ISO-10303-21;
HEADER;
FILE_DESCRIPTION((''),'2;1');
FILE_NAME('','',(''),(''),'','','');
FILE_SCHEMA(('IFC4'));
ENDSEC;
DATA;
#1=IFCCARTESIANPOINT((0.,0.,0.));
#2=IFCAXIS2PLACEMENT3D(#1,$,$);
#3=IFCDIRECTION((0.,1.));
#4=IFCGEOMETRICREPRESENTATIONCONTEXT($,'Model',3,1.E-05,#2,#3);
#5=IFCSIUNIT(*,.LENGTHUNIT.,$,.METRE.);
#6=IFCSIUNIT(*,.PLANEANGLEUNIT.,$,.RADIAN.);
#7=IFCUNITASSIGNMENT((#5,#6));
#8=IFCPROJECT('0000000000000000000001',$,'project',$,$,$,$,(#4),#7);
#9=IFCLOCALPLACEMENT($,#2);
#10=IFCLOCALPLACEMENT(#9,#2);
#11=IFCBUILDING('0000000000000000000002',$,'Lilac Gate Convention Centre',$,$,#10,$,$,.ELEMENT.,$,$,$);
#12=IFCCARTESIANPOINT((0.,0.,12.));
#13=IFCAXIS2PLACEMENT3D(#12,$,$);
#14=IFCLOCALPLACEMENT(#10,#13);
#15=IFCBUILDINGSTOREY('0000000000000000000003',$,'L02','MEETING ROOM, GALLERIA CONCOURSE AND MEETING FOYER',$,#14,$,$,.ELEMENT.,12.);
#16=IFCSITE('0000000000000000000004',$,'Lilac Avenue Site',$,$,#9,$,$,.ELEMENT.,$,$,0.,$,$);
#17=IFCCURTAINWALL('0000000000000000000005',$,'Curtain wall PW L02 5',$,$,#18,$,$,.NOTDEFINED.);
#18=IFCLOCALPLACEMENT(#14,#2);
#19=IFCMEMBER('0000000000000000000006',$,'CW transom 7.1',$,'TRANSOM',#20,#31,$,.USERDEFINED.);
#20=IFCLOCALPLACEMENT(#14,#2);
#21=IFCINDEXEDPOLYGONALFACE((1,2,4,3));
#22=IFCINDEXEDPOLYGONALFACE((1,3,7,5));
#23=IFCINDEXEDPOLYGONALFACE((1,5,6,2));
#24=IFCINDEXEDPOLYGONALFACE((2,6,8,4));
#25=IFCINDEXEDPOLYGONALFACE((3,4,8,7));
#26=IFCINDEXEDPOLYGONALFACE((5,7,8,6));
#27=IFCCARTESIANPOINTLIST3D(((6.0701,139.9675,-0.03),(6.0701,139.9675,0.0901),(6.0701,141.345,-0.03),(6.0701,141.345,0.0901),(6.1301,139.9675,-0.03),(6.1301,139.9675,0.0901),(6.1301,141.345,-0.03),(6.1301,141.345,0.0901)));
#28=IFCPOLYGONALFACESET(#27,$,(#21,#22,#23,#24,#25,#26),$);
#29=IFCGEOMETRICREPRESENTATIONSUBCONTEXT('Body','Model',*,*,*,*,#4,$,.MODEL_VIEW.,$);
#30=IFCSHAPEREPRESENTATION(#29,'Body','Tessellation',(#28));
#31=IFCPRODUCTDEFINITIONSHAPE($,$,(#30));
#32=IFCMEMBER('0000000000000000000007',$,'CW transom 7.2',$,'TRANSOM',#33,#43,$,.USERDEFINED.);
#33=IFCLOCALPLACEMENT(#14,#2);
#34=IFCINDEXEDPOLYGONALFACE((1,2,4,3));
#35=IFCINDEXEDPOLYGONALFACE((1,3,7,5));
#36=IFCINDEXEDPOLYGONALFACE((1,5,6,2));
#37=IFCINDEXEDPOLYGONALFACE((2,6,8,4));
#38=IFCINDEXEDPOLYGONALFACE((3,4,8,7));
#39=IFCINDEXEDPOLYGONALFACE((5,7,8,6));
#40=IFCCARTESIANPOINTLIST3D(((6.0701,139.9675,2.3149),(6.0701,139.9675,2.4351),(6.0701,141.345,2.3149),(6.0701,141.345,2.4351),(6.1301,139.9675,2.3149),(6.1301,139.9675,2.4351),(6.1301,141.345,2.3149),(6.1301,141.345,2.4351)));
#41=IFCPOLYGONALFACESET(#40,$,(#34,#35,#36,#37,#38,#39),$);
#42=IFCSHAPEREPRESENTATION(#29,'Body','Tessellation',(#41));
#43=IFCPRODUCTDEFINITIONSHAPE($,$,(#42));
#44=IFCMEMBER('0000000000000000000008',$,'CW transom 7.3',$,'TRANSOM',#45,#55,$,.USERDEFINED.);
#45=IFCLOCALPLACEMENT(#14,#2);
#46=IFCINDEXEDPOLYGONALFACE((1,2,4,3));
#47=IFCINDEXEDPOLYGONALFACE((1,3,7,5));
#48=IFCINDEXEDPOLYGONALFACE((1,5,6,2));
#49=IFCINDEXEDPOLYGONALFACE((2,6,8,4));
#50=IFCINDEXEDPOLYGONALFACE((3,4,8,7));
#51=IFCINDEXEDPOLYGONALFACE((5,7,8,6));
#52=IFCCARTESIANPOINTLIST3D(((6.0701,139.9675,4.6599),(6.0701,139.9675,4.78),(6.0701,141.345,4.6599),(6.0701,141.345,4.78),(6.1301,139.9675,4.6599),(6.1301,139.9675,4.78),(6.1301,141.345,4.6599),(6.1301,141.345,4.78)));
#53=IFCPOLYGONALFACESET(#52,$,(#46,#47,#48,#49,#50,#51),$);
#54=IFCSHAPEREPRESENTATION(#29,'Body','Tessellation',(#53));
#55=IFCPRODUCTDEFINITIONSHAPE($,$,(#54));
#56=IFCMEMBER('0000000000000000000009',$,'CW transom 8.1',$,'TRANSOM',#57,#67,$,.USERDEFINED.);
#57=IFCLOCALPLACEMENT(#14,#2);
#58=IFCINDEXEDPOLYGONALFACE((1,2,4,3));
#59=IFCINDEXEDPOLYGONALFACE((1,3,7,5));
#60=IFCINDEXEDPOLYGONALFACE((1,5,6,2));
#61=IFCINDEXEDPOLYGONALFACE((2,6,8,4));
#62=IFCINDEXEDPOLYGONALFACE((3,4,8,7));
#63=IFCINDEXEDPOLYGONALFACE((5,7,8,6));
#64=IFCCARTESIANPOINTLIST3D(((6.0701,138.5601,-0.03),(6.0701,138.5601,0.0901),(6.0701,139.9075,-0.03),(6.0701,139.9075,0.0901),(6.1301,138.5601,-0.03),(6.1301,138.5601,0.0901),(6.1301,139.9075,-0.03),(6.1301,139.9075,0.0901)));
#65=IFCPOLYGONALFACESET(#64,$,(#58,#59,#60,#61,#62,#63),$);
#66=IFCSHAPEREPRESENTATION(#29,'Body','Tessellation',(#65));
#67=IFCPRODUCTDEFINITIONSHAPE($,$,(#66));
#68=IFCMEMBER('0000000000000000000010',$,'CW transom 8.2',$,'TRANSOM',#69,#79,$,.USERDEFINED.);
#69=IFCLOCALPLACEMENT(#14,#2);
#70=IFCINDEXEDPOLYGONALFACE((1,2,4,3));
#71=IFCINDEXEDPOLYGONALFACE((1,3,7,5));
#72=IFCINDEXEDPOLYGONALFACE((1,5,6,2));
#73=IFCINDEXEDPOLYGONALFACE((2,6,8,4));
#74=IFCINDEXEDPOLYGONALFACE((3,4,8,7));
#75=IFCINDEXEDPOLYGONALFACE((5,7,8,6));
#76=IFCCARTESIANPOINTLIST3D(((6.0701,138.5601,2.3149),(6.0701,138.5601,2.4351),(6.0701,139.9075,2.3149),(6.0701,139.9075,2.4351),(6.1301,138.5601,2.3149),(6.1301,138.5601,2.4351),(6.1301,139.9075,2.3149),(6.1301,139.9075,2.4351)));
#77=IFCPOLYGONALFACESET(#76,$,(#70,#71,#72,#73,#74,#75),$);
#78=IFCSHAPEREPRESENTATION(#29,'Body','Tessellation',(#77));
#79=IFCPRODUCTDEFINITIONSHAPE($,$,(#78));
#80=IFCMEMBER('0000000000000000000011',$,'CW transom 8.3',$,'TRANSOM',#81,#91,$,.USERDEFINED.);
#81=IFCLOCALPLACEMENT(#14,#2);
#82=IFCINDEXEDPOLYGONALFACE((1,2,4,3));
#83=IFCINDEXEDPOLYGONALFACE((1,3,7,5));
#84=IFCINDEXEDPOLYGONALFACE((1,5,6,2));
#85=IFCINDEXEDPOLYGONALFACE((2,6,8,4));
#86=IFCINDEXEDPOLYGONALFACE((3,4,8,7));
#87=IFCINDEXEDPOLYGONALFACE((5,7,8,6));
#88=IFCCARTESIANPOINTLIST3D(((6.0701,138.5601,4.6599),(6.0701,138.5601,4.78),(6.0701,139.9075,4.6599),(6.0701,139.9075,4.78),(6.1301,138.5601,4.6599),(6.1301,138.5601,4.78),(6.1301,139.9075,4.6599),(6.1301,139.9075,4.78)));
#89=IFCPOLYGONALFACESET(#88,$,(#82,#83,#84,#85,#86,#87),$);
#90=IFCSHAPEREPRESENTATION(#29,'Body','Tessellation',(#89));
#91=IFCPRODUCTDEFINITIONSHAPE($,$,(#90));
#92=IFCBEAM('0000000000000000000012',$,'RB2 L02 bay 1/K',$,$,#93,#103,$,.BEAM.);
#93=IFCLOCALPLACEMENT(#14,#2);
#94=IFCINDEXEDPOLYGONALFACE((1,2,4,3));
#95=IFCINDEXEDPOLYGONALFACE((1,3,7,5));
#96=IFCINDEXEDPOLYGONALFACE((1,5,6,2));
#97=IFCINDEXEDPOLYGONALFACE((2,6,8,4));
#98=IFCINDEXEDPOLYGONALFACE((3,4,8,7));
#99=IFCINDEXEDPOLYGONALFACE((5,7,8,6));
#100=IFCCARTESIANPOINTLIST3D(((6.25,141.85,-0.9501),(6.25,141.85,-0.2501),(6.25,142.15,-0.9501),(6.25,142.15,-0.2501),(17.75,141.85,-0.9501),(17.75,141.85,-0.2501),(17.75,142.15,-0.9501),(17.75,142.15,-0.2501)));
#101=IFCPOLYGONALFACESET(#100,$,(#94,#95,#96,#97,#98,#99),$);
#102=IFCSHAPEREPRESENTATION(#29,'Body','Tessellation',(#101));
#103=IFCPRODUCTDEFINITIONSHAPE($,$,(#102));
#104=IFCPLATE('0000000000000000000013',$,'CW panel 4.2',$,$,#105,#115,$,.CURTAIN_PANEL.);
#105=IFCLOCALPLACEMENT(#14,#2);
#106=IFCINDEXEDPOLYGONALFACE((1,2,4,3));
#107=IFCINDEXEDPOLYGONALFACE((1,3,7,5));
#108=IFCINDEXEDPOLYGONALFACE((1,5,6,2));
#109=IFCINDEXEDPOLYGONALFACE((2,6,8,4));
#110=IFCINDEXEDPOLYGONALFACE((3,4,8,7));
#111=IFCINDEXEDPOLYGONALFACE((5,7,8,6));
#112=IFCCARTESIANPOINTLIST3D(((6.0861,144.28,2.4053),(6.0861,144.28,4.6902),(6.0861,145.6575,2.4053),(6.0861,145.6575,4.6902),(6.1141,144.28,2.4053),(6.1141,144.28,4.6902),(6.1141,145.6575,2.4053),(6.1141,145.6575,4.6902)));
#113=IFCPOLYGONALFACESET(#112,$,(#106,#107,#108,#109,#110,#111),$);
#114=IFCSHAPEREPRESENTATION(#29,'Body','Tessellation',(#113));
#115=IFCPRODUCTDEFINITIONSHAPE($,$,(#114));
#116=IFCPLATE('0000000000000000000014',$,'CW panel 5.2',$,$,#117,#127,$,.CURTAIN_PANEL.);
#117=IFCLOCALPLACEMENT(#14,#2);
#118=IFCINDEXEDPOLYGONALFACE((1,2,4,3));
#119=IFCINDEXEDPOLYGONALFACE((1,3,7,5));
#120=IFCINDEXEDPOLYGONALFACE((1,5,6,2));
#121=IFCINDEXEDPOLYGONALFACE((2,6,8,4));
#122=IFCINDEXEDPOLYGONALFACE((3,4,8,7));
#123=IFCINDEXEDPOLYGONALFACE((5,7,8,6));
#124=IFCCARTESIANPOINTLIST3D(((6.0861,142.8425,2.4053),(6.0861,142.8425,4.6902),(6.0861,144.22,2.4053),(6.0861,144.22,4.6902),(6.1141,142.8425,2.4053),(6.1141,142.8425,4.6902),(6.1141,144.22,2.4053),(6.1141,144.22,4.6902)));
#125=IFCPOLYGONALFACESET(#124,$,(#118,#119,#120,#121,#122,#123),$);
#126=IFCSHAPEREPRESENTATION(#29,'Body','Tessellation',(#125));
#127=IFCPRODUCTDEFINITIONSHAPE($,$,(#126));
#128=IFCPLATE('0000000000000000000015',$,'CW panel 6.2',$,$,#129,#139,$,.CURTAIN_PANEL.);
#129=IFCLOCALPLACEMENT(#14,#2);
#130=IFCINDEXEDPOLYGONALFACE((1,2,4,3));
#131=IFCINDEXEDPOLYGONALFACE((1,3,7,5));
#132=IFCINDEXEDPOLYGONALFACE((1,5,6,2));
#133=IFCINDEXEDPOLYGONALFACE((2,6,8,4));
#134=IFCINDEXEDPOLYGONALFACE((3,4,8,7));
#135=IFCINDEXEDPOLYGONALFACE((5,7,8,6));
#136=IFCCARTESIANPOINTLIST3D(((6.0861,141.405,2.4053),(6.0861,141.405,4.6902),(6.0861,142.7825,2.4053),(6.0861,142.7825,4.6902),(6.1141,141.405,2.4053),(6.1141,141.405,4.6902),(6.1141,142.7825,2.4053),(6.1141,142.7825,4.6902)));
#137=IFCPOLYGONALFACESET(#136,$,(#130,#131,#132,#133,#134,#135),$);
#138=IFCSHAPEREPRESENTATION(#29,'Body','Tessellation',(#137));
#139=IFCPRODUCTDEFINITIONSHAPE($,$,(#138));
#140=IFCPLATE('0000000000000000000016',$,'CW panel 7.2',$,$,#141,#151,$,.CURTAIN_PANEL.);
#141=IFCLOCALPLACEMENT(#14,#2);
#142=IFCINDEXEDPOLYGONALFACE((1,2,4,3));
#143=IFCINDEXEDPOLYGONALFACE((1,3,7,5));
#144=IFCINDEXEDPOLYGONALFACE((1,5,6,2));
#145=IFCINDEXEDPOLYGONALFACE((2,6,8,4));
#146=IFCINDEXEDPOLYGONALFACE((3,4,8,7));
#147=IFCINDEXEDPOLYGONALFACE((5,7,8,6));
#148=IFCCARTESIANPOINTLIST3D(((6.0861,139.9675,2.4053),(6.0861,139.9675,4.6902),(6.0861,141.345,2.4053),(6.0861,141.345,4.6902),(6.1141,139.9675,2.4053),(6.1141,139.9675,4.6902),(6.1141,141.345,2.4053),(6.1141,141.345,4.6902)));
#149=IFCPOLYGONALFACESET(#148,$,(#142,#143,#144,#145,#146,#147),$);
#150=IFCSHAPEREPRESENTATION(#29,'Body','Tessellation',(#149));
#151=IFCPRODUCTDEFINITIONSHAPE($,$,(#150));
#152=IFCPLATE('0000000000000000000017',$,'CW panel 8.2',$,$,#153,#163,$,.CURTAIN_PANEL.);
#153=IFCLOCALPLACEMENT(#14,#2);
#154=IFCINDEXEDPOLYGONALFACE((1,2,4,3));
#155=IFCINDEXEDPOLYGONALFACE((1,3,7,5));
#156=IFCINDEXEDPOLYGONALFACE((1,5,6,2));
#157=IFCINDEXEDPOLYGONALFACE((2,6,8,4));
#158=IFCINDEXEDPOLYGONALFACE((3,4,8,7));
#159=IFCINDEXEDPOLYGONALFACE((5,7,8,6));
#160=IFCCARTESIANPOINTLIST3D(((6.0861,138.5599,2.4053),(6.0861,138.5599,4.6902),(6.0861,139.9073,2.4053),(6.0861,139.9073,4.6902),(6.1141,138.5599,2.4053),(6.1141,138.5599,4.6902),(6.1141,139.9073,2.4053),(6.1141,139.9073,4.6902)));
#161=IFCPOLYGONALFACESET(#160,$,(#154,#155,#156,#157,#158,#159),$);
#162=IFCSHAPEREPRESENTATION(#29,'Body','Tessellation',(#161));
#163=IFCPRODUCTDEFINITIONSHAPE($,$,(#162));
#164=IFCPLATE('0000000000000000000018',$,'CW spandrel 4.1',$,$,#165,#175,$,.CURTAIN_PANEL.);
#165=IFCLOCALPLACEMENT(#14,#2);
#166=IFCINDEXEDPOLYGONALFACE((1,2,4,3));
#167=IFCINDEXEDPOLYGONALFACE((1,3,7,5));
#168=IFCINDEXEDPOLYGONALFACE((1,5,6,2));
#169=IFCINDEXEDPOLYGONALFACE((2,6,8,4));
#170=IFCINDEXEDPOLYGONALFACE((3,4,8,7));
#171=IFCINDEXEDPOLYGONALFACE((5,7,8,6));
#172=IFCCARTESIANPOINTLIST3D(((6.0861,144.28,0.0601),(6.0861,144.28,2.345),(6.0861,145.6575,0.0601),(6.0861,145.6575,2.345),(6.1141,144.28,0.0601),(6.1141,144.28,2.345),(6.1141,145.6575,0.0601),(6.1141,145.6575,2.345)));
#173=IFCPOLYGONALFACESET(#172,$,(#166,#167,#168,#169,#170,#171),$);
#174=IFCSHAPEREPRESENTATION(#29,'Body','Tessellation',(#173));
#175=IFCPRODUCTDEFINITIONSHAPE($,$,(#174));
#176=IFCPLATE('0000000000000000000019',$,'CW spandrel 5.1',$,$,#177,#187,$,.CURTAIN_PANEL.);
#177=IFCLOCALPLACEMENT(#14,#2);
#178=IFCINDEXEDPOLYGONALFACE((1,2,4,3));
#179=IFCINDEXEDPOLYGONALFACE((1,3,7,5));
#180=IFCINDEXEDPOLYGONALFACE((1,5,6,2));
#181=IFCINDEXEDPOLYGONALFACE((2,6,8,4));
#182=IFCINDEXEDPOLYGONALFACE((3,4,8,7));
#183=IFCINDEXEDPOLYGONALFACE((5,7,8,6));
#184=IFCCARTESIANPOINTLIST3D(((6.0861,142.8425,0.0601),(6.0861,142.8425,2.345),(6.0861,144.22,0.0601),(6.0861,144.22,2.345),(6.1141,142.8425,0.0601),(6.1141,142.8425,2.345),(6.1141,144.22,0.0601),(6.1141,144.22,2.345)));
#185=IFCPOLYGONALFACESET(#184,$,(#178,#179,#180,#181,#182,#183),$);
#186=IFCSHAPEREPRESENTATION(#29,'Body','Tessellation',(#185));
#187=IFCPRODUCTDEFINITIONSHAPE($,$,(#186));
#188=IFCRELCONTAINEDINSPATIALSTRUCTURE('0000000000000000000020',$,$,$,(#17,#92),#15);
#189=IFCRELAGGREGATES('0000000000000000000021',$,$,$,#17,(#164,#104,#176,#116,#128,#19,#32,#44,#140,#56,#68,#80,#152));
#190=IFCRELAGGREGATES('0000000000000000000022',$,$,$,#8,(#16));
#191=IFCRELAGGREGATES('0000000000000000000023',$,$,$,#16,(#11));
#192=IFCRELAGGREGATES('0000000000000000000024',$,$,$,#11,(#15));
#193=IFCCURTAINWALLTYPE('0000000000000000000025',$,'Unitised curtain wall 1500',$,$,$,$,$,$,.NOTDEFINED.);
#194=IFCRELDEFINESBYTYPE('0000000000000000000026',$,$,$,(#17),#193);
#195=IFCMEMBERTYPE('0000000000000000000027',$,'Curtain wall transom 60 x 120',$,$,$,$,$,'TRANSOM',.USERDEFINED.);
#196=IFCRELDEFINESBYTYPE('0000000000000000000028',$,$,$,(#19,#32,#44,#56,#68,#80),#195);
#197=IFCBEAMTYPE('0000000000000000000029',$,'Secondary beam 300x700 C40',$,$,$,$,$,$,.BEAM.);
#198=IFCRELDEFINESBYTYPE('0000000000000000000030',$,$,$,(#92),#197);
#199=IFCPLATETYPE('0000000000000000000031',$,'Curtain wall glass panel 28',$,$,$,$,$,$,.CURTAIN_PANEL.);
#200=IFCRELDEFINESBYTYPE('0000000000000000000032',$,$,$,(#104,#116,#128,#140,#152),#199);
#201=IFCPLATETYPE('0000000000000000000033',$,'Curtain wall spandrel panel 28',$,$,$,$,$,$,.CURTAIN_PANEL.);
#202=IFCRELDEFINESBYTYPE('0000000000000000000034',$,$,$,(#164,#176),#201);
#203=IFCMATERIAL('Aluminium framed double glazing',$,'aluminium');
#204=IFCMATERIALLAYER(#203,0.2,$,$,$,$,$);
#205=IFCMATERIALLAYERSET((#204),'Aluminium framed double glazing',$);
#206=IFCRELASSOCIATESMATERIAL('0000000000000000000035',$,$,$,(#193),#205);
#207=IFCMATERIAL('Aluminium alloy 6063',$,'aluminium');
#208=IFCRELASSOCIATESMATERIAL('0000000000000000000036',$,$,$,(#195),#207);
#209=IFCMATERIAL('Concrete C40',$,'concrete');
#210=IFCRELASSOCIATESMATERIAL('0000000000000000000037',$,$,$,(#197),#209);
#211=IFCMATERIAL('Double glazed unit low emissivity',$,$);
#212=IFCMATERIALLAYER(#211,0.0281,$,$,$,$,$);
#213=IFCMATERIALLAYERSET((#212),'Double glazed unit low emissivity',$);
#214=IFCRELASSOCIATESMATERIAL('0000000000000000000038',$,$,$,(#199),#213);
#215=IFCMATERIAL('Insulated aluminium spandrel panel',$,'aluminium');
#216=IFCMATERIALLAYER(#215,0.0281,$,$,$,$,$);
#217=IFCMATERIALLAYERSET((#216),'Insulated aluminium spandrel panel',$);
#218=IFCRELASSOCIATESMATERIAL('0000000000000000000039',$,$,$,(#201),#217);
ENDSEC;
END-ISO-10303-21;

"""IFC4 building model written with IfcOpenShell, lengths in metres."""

from ifc_helpers import new_model, si_unit, direction, frame, origin, origin_2d, place, context, subcontext, project, spatial, rectangle, extrude, material, layer, layer_set, material_profile, profile_set, type_object, element, aggregate, save


model = new_model("IFC4")

# Units and contexts
model_context = context("Model", 3, precision=1e-05, world=origin(), true_north=direction((0.0, 1.0)))
body_context = subcontext(model_context, "Body", "Model", "MODEL_VIEW")
ifc_project = project(units=[si_unit("LENGTHUNIT", "METRE"), si_unit("PLANEANGLEUNIT", "RADIAN")], contexts=[model_context])

# Site, building, storey
site_placement = place(None, origin())
site = spatial("IfcSite", under=ifc_project, at=site_placement, Name="Lilac Avenue Site", CompositionType="ELEMENT", RefElevation=0.0)
building_placement = place(site_placement, origin())
building = spatial("IfcBuilding", under=site, at=building_placement, Name="Lilac Gate Convention Centre", CompositionType="ELEMENT")
storey_placement = place(building_placement, frame((0.0, 0.0, 12.0)))
storey = spatial("IfcBuildingStorey", under=building, at=storey_placement, Name="L02", Description="MEETING ROOM, GALLERIA CONCOURSE AND MEETING FOYER", CompositionType="ELEMENT", Elevation=12.0)

# Curtain wall, members
ifc_material_1 = material(Name="Aluminium framed double glazing", Category="aluminium")
ifc_layer_1 = layer(ifc_material_1, 0.2)
ifc_layer_set_1 = layer_set([ifc_layer_1], Name="Aluminium framed double glazing")
curtain_wall_type = type_object("IfcCurtainWallType", Name="Unitised curtain wall 1500", PredefinedType="NOTDEFINED", material=ifc_layer_set_1)
curtain_wall_placement = place(storey_placement, origin())
curtain_wall = element("IfcCurtainWall", 1, at=curtain_wall_placement, inside=storey, type_object=curtain_wall_type, Name="Curtain wall PW L02 5", PredefinedType="NOTDEFINED")
ifc_material_2 = material(Name="Aluminium alloy 6063", Category="aluminium")
ifc_material_profile_1 = material_profile(ifc_material_2, rectangle(XDim=0.0601, YDim=0.1201, at=origin_2d()), Name="Curtain wall transom 60 x 120")
ifc_profile_set_1 = profile_set([ifc_material_profile_1], Name="Aluminium alloy 6063")
member_type_1 = type_object("IfcMemberType", Name="Curtain wall transom 60 x 120", ElementType="TRANSOM", PredefinedType="USERDEFINED", material=ifc_profile_set_1)
member_1_placement = place(storey_placement, frame((6.1001, 141.345, 0.03), z_axis=(0.0, -1.0, 0.0), x_axis=(1.0, 0.0, 0.0)))
member_1 = element("IfcMember", 2, at=member_1_placement, type_object=member_type_1, Name="CW transom 7.1", ObjectType="TRANSOM", PredefinedType="USERDEFINED", context=body_context, shape_type="SweptSolid", body=[
    extrude(rectangle(XDim=0.0601, YDim=0.1201, at=origin_2d()), origin(), (0.0, 0.0, 1.0), 1.3774),
])
member_2_placement = place(storey_placement, frame((6.1001, 141.345, 2.375), z_axis=(0.0, -1.0, 0.0), x_axis=(1.0, 0.0, 0.0)))
member_2 = element("IfcMember", 3, at=member_2_placement, type_object=member_type_1, Name="CW transom 7.2", ObjectType="TRANSOM", PredefinedType="USERDEFINED", context=body_context, shape_type="SweptSolid", body=[
    extrude(rectangle(XDim=0.0601, YDim=0.1201, at=origin_2d()), origin(), (0.0, 0.0, 1.0), 1.3774),
])
member_3_placement = place(storey_placement, frame((6.1001, 141.345, 4.72), z_axis=(0.0, -1.0, 0.0), x_axis=(1.0, 0.0, 0.0)))
member_3 = element("IfcMember", 4, at=member_3_placement, type_object=member_type_1, Name="CW transom 7.3", ObjectType="TRANSOM", PredefinedType="USERDEFINED", context=body_context, shape_type="SweptSolid", body=[
    extrude(rectangle(XDim=0.0601, YDim=0.1201, at=origin_2d()), origin(), (0.0, 0.0, 1.0), 1.3774),
])
member_4_placement = place(storey_placement, frame((6.1001, 139.9075, 0.03), z_axis=(0.0, -1.0, 0.0), x_axis=(1.0, 0.0, 0.0)))
member_4 = element("IfcMember", 5, at=member_4_placement, type_object=member_type_1, Name="CW transom 8.1", ObjectType="TRANSOM", PredefinedType="USERDEFINED", context=body_context, shape_type="SweptSolid", body=[
    extrude(rectangle(XDim=0.0601, YDim=0.1201, at=origin_2d()), origin(), (0.0, 0.0, 1.0), 1.3474),
])
member_5_placement = place(storey_placement, frame((6.1001, 139.9075, 2.375), z_axis=(0.0, -1.0, 0.0), x_axis=(1.0, 0.0, 0.0)))
member_5 = element("IfcMember", 6, at=member_5_placement, type_object=member_type_1, Name="CW transom 8.2", ObjectType="TRANSOM", PredefinedType="USERDEFINED", context=body_context, shape_type="SweptSolid", body=[
    extrude(rectangle(XDim=0.0601, YDim=0.1201, at=origin_2d()), origin(), (0.0, 0.0, 1.0), 1.3474),
])
member_6_placement = place(storey_placement, frame((6.1001, 139.9075, 4.72), z_axis=(0.0, -1.0, 0.0), x_axis=(1.0, 0.0, 0.0)))
member_6 = element("IfcMember", 7, at=member_6_placement, type_object=member_type_1, Name="CW transom 8.3", ObjectType="TRANSOM", PredefinedType="USERDEFINED", context=body_context, shape_type="SweptSolid", body=[
    extrude(rectangle(XDim=0.0601, YDim=0.1201, at=origin_2d()), origin(), (0.0, 0.0, 1.0), 1.3474),
])

# Beam
ifc_material_3 = material(Name="Concrete C40", Category="concrete")
ifc_material_profile_2 = material_profile(ifc_material_3, rectangle(XDim=0.3, YDim=0.7, at=origin_2d()), Name="RC 300x700")
ifc_profile_set_2 = profile_set([ifc_material_profile_2], Name="Concrete C40")
beam_type = type_object("IfcBeamType", Name="Secondary beam 300x700 C40", PredefinedType="BEAM", material=ifc_profile_set_2)
beam_placement = place(storey_placement, frame((6.25, 142.0, -0.6001), z_axis=(1.0, 0.0, 0.0), x_axis=(0.0, 1.0, 0.0)))
element("IfcBeam", 8, at=beam_placement, inside=storey, type_object=beam_type, Name="RB2 L02 bay 1/K", PredefinedType="BEAM", context=body_context, shape_type="SweptSolid", body=[
    extrude(rectangle(XDim=0.3, YDim=0.7, at=origin_2d()), origin(), (0.0, 0.0, 1.0), 11.5),
])

# Plates
ifc_material_4 = material(Name="Double glazed unit low emissivity")
ifc_layer_2 = layer(ifc_material_4, 0.0281)
ifc_layer_set_2 = layer_set([ifc_layer_2], Name="Double glazed unit low emissivity")
plate_type_1 = type_object("IfcPlateType", Name="Curtain wall glass panel 28", PredefinedType="CURTAIN_PANEL", material=ifc_layer_set_2)
plate_1_placement = place(storey_placement, frame((6.1001, 144.9688, 2.4053), z_axis=(0.0, 0.0, 1.0), x_axis=(0.0, -1.0, 0.0)))
plate_1 = element("IfcPlate", 9, at=plate_1_placement, type_object=plate_type_1, Name="CW panel 4.2", PredefinedType="CURTAIN_PANEL", context=body_context, shape_type="SweptSolid", body=[
    extrude(rectangle(XDim=1.3774, YDim=0.0281, at=origin_2d()), origin(), (0.0, 0.0, 1.0), 2.2849),
])
plate_2_placement = place(storey_placement, frame((6.1001, 143.5312, 2.4053), z_axis=(0.0, 0.0, 1.0), x_axis=(0.0, -1.0, 0.0)))
plate_2 = element("IfcPlate", 10, at=plate_2_placement, type_object=plate_type_1, Name="CW panel 5.2", PredefinedType="CURTAIN_PANEL", context=body_context, shape_type="SweptSolid", body=[
    extrude(rectangle(XDim=1.3774, YDim=0.0281, at=origin_2d()), origin(), (0.0, 0.0, 1.0), 2.2849),
])
plate_3_placement = place(storey_placement, frame((6.1001, 142.0938, 2.4053), z_axis=(0.0, 0.0, 1.0), x_axis=(0.0, -1.0, 0.0)))
plate_3 = element("IfcPlate", 11, at=plate_3_placement, type_object=plate_type_1, Name="CW panel 6.2", PredefinedType="CURTAIN_PANEL", context=body_context, shape_type="SweptSolid", body=[
    extrude(rectangle(XDim=1.3774, YDim=0.0281, at=origin_2d()), origin(), (0.0, 0.0, 1.0), 2.2849),
])
plate_4_placement = place(storey_placement, frame((6.1001, 140.6562, 2.4053), z_axis=(0.0, 0.0, 1.0), x_axis=(0.0, -1.0, 0.0)))
plate_4 = element("IfcPlate", 12, at=plate_4_placement, type_object=plate_type_1, Name="CW panel 7.2", PredefinedType="CURTAIN_PANEL", context=body_context, shape_type="SweptSolid", body=[
    extrude(rectangle(XDim=1.3774, YDim=0.0281, at=origin_2d()), origin(), (0.0, 0.0, 1.0), 2.2849),
])
plate_5_placement = place(storey_placement, frame((6.1001, 139.2336, 2.4053), z_axis=(0.0, 0.0, 1.0), x_axis=(0.0, -1.0, 0.0)))
plate_5 = element("IfcPlate", 13, at=plate_5_placement, type_object=plate_type_1, Name="CW panel 8.2", PredefinedType="CURTAIN_PANEL", context=body_context, shape_type="SweptSolid", body=[
    extrude(rectangle(XDim=1.3474, YDim=0.0281, at=origin_2d()), origin(), (0.0, 0.0, 1.0), 2.2849),
])
ifc_material_5 = material(Name="Insulated aluminium spandrel panel", Category="aluminium")
ifc_layer_3 = layer(ifc_material_5, 0.0281)
ifc_layer_set_3 = layer_set([ifc_layer_3], Name="Insulated aluminium spandrel panel")
plate_type_2 = type_object("IfcPlateType", Name="Curtain wall spandrel panel 28", PredefinedType="CURTAIN_PANEL", material=ifc_layer_set_3)
plate_6_placement = place(storey_placement, frame((6.1001, 144.9688, 0.0601), z_axis=(0.0, 0.0, 1.0), x_axis=(0.0, -1.0, 0.0)))
plate_6 = element("IfcPlate", 14, at=plate_6_placement, type_object=plate_type_2, Name="CW spandrel 4.1", PredefinedType="CURTAIN_PANEL", context=body_context, shape_type="SweptSolid", body=[
    extrude(rectangle(XDim=1.3774, YDim=0.0281, at=origin_2d()), origin(), (0.0, 0.0, 1.0), 2.2849),
])
plate_7_placement = place(storey_placement, frame((6.1001, 143.5312, 0.0601), z_axis=(0.0, 0.0, 1.0), x_axis=(0.0, -1.0, 0.0)))
plate_7 = element("IfcPlate", 15, at=plate_7_placement, type_object=plate_type_2, Name="CW spandrel 5.1", PredefinedType="CURTAIN_PANEL", context=body_context, shape_type="SweptSolid", body=[
    extrude(rectangle(XDim=1.3774, YDim=0.0281, at=origin_2d()), origin(), (0.0, 0.0, 1.0), 2.2849),
])
aggregate(curtain_wall, [plate_6, plate_1, plate_7, plate_2, plate_3, member_1, member_2, member_3, plate_4, member_4, member_5, member_6, plate_5])

save(model, "model.ifc")
